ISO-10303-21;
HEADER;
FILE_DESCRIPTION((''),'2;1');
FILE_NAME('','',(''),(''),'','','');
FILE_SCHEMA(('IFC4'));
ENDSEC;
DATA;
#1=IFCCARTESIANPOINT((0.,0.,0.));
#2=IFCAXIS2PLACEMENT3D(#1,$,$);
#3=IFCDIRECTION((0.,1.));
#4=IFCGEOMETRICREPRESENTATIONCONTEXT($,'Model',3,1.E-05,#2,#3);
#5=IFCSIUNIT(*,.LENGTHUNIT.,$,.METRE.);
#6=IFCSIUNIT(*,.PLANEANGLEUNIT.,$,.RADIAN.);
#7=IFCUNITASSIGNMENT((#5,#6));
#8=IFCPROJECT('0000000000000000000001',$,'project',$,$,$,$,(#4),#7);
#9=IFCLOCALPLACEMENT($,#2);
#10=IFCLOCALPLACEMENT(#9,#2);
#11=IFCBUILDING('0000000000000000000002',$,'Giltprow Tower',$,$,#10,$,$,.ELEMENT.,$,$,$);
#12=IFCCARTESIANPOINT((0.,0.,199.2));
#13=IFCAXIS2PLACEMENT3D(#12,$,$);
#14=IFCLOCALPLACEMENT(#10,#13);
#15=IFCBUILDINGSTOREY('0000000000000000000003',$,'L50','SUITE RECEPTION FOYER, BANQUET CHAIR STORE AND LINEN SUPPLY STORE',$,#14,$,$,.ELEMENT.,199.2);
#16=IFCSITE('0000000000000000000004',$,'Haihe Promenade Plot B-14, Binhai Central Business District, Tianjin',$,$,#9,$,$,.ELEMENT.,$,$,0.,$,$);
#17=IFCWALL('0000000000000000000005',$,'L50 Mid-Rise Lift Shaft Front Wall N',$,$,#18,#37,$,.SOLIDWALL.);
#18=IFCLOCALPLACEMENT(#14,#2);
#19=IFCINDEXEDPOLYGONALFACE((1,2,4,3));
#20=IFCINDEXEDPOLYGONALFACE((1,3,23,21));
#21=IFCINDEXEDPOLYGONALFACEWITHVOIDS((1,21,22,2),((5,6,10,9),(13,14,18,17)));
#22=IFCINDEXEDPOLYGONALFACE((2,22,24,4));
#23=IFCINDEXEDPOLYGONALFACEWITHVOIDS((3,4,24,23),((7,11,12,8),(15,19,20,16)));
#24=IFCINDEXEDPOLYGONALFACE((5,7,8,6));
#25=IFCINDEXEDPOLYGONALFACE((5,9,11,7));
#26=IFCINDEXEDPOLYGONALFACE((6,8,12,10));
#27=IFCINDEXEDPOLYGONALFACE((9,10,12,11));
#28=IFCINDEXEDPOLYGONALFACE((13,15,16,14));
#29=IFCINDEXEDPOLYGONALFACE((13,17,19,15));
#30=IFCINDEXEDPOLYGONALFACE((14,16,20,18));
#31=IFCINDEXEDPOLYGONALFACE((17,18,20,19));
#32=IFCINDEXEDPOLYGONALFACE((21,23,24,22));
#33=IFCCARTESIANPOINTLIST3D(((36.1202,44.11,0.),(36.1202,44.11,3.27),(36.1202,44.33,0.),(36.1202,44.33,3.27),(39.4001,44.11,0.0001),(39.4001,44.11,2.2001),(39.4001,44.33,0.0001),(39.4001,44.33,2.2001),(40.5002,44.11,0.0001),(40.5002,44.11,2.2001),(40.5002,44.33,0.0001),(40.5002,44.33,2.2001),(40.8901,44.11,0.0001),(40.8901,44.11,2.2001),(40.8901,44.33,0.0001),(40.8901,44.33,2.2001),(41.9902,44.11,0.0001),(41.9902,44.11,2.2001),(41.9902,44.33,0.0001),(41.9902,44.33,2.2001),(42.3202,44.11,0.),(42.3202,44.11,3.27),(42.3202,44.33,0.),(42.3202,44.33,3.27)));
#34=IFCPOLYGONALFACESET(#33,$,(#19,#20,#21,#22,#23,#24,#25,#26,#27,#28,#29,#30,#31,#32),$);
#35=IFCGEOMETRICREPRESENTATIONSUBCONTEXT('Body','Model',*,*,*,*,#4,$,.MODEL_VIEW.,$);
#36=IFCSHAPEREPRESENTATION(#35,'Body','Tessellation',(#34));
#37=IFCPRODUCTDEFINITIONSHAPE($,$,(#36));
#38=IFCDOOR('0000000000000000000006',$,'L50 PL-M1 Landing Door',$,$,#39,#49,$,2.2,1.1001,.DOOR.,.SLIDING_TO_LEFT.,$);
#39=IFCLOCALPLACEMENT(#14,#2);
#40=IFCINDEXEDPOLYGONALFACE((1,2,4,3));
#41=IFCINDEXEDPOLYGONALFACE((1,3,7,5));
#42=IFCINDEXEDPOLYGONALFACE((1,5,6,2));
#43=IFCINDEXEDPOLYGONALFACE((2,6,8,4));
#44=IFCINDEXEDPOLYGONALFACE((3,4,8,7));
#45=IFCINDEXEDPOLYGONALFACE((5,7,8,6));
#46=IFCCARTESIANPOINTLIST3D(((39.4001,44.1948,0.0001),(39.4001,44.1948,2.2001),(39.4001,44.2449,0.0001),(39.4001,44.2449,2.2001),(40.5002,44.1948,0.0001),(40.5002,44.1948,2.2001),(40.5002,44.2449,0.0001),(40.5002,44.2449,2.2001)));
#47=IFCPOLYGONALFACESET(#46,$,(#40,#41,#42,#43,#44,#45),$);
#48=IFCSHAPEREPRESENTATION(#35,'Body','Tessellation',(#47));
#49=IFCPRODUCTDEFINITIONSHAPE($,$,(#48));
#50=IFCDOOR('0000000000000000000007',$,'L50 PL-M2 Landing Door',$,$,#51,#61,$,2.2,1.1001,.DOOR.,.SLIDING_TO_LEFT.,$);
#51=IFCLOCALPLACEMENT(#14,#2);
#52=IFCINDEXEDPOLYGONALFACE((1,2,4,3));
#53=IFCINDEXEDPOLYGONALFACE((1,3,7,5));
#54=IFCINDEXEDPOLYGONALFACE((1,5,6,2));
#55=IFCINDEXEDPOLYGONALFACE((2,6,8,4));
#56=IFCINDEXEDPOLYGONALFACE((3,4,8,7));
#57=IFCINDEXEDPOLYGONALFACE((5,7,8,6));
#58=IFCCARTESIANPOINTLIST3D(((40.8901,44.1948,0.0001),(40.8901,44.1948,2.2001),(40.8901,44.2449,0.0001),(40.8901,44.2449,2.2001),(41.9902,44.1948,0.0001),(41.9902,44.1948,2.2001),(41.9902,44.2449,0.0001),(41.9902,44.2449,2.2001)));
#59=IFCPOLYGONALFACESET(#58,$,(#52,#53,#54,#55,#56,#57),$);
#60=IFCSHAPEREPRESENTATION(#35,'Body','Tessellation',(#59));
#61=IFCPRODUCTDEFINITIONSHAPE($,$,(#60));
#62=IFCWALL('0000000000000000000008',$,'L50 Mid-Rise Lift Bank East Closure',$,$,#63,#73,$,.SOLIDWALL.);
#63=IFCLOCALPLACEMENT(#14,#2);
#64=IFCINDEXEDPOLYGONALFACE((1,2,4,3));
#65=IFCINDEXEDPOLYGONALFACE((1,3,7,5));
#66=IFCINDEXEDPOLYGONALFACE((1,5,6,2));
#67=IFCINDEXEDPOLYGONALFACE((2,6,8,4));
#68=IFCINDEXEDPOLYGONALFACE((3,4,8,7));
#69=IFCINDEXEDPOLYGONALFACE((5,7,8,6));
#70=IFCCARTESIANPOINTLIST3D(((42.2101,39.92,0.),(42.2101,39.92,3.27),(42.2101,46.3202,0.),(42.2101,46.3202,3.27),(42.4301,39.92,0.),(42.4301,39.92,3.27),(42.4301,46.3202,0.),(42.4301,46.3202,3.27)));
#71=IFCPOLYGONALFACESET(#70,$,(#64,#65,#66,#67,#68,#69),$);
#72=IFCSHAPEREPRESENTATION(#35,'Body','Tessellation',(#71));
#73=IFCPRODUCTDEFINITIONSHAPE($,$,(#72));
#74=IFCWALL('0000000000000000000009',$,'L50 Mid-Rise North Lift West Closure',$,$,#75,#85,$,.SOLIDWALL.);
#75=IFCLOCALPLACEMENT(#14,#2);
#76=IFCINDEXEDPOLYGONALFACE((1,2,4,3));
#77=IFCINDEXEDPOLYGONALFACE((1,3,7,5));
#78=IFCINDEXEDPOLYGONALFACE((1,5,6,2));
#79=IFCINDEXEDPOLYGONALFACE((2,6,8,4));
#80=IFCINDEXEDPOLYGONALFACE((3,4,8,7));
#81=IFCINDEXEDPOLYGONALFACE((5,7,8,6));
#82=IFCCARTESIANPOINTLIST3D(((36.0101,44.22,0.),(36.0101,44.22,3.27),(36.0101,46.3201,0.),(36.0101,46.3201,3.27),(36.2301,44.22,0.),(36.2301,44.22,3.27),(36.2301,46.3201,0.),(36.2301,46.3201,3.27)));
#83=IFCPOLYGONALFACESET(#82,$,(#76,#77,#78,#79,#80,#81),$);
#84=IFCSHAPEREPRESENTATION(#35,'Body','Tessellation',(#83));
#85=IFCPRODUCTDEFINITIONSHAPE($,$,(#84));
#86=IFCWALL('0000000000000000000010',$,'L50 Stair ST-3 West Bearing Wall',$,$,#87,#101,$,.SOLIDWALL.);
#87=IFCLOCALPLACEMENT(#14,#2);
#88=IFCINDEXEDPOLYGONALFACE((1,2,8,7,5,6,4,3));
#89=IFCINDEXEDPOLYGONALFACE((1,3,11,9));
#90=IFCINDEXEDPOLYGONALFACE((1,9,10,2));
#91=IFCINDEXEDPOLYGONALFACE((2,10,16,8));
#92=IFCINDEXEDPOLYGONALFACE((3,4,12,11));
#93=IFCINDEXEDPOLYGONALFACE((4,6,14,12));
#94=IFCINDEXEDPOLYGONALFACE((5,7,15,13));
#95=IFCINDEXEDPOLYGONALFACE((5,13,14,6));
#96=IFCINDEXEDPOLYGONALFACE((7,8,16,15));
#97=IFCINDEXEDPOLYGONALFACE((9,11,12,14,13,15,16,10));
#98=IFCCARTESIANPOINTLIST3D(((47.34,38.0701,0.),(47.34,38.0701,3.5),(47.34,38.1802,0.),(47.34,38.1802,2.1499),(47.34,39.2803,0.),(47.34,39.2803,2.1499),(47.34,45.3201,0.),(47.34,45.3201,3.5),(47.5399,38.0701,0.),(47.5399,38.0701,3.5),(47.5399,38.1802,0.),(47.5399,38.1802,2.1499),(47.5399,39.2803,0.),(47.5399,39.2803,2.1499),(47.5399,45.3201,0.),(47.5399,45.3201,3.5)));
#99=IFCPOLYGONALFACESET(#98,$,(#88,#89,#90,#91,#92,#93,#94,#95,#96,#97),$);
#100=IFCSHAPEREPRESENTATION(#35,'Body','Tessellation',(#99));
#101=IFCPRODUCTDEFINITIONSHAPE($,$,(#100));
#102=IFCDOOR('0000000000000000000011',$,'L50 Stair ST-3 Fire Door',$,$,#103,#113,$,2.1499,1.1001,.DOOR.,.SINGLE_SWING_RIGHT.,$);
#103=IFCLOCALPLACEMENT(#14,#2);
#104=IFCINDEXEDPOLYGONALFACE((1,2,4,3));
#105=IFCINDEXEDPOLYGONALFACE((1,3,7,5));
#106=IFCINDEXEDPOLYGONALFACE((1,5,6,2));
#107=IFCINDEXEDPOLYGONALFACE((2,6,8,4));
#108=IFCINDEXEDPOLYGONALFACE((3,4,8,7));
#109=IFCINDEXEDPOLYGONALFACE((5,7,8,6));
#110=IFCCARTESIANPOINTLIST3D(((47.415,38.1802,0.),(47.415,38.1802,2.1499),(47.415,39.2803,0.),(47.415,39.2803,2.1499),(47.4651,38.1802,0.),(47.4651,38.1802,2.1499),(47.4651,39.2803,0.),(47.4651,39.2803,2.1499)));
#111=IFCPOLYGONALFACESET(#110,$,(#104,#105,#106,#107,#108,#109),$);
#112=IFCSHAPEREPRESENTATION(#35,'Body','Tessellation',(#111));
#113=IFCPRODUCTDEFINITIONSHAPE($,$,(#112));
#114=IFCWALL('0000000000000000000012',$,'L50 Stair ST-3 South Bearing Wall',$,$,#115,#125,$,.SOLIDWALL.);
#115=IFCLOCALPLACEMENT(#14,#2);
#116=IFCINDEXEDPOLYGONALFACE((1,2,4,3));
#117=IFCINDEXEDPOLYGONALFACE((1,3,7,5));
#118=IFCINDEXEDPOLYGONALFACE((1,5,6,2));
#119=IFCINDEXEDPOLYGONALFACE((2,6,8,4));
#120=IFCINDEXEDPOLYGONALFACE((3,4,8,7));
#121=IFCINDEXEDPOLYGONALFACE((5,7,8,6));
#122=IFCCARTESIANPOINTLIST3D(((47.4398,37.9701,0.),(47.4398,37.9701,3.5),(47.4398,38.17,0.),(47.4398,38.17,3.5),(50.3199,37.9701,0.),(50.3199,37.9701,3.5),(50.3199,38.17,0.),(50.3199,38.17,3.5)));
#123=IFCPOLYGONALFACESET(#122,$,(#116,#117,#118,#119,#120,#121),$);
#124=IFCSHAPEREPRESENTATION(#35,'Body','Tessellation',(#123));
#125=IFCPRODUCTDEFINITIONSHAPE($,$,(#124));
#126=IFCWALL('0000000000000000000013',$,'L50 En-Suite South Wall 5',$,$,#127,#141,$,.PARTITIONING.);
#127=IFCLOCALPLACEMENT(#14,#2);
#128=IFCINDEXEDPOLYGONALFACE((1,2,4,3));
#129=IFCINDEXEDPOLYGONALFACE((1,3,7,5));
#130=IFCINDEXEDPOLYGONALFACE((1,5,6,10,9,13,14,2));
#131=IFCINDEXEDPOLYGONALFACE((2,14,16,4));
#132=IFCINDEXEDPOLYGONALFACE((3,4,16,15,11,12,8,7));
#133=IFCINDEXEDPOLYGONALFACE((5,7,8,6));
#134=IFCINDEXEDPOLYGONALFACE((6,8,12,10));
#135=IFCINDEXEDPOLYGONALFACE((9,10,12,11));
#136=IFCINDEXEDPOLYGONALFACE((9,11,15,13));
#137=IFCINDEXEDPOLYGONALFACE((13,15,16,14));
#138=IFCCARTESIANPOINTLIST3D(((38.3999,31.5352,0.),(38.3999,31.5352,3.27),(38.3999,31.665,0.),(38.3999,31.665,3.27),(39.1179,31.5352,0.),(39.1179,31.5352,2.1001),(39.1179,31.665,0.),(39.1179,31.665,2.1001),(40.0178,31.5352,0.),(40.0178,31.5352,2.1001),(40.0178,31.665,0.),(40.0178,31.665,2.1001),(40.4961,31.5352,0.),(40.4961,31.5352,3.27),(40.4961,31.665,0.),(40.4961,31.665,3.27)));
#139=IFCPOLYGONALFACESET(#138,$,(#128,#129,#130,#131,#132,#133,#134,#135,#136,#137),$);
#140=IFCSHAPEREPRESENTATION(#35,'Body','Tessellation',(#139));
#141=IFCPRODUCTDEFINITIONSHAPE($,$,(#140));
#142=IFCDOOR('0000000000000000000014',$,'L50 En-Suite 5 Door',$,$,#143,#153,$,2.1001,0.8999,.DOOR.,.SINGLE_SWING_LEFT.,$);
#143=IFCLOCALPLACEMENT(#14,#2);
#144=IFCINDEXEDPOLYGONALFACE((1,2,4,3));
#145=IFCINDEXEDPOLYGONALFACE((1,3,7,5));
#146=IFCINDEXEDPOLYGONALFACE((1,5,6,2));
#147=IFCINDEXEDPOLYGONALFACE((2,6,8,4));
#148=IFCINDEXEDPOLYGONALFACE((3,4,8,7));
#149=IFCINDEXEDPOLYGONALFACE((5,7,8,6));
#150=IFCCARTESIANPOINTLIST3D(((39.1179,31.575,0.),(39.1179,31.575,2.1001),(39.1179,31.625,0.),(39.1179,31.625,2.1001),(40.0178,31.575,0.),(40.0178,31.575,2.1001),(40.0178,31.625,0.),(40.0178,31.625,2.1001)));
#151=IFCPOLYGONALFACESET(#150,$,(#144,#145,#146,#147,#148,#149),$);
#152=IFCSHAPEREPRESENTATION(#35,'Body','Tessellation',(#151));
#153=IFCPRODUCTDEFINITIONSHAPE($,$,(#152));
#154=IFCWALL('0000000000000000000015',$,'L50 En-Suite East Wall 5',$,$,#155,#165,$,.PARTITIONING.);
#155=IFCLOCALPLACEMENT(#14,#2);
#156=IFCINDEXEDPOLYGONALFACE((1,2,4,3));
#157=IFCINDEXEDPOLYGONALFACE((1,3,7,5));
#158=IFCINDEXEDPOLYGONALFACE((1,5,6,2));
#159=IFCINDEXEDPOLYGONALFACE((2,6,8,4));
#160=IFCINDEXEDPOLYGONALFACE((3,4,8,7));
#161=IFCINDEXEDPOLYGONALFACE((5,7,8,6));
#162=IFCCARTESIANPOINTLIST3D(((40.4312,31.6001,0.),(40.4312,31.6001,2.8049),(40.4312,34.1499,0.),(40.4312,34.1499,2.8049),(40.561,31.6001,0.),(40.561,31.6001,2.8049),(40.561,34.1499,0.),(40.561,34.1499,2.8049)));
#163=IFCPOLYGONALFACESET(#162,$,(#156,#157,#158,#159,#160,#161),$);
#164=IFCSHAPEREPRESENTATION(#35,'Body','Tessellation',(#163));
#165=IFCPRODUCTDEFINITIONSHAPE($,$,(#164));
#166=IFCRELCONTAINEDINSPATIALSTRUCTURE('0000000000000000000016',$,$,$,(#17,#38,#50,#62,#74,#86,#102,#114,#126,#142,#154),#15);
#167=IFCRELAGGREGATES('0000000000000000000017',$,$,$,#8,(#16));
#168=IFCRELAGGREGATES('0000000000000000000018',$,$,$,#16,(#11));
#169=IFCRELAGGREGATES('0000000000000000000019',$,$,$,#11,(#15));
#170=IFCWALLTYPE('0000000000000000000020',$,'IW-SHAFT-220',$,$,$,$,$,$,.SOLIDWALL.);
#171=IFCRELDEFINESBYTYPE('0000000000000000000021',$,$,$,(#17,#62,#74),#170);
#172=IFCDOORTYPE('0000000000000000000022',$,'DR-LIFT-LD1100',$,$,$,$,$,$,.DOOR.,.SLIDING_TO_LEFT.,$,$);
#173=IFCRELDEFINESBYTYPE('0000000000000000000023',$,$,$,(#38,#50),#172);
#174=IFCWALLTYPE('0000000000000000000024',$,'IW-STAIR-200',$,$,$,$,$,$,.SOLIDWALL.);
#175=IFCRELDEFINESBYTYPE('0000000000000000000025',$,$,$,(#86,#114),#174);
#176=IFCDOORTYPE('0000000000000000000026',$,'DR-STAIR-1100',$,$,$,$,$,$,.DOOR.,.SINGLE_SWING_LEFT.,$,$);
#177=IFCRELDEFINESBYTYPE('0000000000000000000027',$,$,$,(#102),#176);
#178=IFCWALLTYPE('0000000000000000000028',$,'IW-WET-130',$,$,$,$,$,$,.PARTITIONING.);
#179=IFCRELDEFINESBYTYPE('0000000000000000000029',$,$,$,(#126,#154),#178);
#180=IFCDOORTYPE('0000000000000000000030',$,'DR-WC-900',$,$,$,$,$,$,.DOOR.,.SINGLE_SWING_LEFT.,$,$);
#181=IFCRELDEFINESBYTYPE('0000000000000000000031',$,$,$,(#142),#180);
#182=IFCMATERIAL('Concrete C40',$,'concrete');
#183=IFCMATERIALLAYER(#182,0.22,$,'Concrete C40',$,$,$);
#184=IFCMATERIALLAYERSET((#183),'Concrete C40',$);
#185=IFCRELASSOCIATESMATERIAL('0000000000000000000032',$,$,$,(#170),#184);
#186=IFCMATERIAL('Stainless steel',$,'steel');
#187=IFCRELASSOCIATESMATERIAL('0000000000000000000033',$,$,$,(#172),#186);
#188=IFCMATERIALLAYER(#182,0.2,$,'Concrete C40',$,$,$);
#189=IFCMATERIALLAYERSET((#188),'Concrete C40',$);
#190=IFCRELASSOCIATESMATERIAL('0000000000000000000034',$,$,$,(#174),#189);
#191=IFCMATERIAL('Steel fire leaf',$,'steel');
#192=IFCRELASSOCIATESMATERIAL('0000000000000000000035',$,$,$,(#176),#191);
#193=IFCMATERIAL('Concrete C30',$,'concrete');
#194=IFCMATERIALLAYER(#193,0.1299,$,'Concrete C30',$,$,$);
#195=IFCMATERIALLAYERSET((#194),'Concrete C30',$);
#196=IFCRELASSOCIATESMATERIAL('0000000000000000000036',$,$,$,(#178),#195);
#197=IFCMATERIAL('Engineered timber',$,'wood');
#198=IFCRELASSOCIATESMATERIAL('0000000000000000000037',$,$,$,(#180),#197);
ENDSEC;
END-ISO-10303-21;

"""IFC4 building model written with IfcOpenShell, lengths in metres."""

from ifc_helpers import new_model, si_unit, direction, frame, frame_2d, origin, place, context, subcontext, project, spatial, rectangle, extrude, source, transform, mapped, material, layer, layer_set, type_object, element, fill, save


model = new_model("IFC4")

# Units and contexts
model_context = context("Model", 3, precision=1e-05, world=origin(), true_north=direction((0.0, 1.0)))
body_context = subcontext(model_context, "Body", "Model", "MODEL_VIEW")
ifc_project = project(units=[si_unit("LENGTHUNIT", "METRE"), si_unit("PLANEANGLEUNIT", "RADIAN")], contexts=[model_context])

# Site, building, storey
site_placement = place(None, origin())
site = spatial("IfcSite", under=ifc_project, at=site_placement, Name="Haihe Promenade Plot B-14, Binhai Central Business District, Tianjin", CompositionType="ELEMENT", RefElevation=0.0)
building_placement = place(site_placement, origin())
building = spatial("IfcBuilding", under=site, at=building_placement, Name="Giltprow Tower", CompositionType="ELEMENT")
storey_placement = place(building_placement, frame((0.0, 0.0, 199.2)))
storey = spatial("IfcBuildingStorey", under=building, at=storey_placement, Name="L50", Description="SUITE RECEPTION FOYER, BANQUET CHAIR STORE AND LINEN SUPPLY STORE", CompositionType="ELEMENT", Elevation=199.2)

# Shared definitions
ifc_material_1 = material(Name="Concrete C40", Category="concrete")
ifc_layer_1 = layer(ifc_material_1, 0.22, Name="Concrete C40")
ifc_layer_set_1 = layer_set([ifc_layer_1], Name="Concrete C40")
wall_type_1 = type_object("IfcWallType", Name="IW-SHAFT-220", PredefinedType="SOLIDWALL", material=ifc_layer_set_1)
ifc_material_2 = material(Name="Stainless steel", Category="steel")
door_type_1 = type_object("IfcDoorType", Name="DR-LIFT-LD1100", OperationType="SLIDING_TO_LEFT", PredefinedType="DOOR", material=ifc_material_2)
shared_shape_1 = source(origin(), body_context, "Body", "SweptSolid", [
    extrude(rectangle(XDim=1.1001, YDim=2.2, at=frame_2d((0.55, 1.1001))), frame((0.0, 0.0249, 0.0), z_axis=(0.0, -1.0, 0.0), x_axis=(1.0, 0.0, 0.0)), (0.0, 0.0, 1.0), 0.05),
])

# Wall, openings, doors
wall_1_placement = place(storey_placement, frame((36.1201, 44.22, 0.0), z_axis=(0.0, 0.0, 1.0), x_axis=(1.0, 0.0, 0.0)))
wall_1 = element("IfcWall", 1, at=wall_1_placement, inside=storey, type_object=wall_type_1, Name="L50 Mid-Rise Lift Shaft Front Wall N", PredefinedType="SOLIDWALL", context=body_context, shape_type="SweptSolid", body=[
    extrude(rectangle(XDim=6.2, YDim=0.22, at=frame_2d((3.1001, 0.0))), origin(), (0.0, 0.0, 1.0), 3.27),
])
opening_1_placement = place(wall_1_placement, frame((3.28, 0.0, 0.0)))
opening_1 = element("IfcOpeningElement", 2, at=opening_1_placement, cuts=wall_1, PredefinedType="OPENING", context=body_context, shape_type="SweptSolid", body=[
    extrude(rectangle(XDim=1.1001, YDim=2.2, at=frame_2d((0.55, 1.1001))), frame((0.0, 0.1199, 0.0), z_axis=(0.0, -1.0, 0.0), x_axis=(1.0, 0.0, 0.0)), (0.0, 0.0, 1.0), 0.24),
])
opening_2_placement = place(wall_1_placement, frame((4.77, 0.0, 0.0)))
opening_2 = element("IfcOpeningElement", 3, at=opening_2_placement, cuts=wall_1, PredefinedType="OPENING", context=body_context, shape_type="SweptSolid", body=[
    extrude(rectangle(XDim=1.1001, YDim=2.2, at=frame_2d((0.55, 1.1001))), frame((0.0, 0.1199, 0.0), z_axis=(0.0, -1.0, 0.0), x_axis=(1.0, 0.0, 0.0)), (0.0, 0.0, 1.0), 0.24),
])
door_1_placement = place(opening_1_placement, origin())
door_1 = element("IfcDoor", 4, at=door_1_placement, inside=storey, type_object=door_type_1, Name="L50 PL-M1 Landing Door", OperationType="SLIDING_TO_LEFT", OverallHeight=2.2, OverallWidth=1.1001, PredefinedType="DOOR", context=body_context, shape_type="MappedRepresentation", body=[
    mapped(shared_shape_1, transform((0.0, 0.0, 0.0), x_axis=(1.0, 0.0, 0.0), y_axis=(0.0, 1.0, 0.0), z_axis=(0.0, 0.0, 1.0), scale=1.0)),
])
fill(opening_1, door_1)
door_2_placement = place(opening_2_placement, origin())
door_2 = element("IfcDoor", 5, at=door_2_placement, inside=storey, type_object=door_type_1, Name="L50 PL-M2 Landing Door", OperationType="SLIDING_TO_LEFT", OverallHeight=2.2, OverallWidth=1.1001, PredefinedType="DOOR", context=body_context, shape_type="MappedRepresentation", body=[
    mapped(shared_shape_1, transform((0.0, 0.0, 0.0), x_axis=(1.0, 0.0, 0.0), y_axis=(0.0, 1.0, 0.0), z_axis=(0.0, 0.0, 1.0), scale=1.0)),
])
fill(opening_2, door_2)

# Walls
wall_2_placement = place(storey_placement, frame((42.3201, 39.9199, 0.0), z_axis=(0.0, 0.0, 1.0), x_axis=(0.0, 1.0, 0.0)))
element("IfcWall", 6, at=wall_2_placement, inside=storey, type_object=wall_type_1, Name="L50 Mid-Rise Lift Bank East Closure", PredefinedType="SOLIDWALL", context=body_context, shape_type="SweptSolid", body=[
    extrude(rectangle(XDim=6.4001, YDim=0.22, at=frame_2d((3.2002, 0.0))), origin(), (0.0, 0.0, 1.0), 3.27),
])
wall_3_placement = place(storey_placement, frame((36.1201, 44.22, 0.0), z_axis=(0.0, 0.0, 1.0), x_axis=(0.0, 1.0, 0.0)))
element("IfcWall", 7, at=wall_3_placement, inside=storey, type_object=wall_type_1, Name="L50 Mid-Rise North Lift West Closure", PredefinedType="SOLIDWALL", context=body_context, shape_type="SweptSolid", body=[
    extrude(rectangle(XDim=2.1001, YDim=0.22, at=frame_2d((1.05, 0.0))), origin(), (0.0, 0.0, 1.0), 3.27),
])

# Wall, opening, door
ifc_layer_2 = layer(ifc_material_1, 0.2, Name="Concrete C40")
ifc_layer_set_2 = layer_set([ifc_layer_2], Name="Concrete C40")
wall_type_2 = type_object("IfcWallType", Name="IW-STAIR-200", PredefinedType="SOLIDWALL", material=ifc_layer_set_2)
wall_4_placement = place(storey_placement, frame((47.4399, 38.0701, 0.0), z_axis=(0.0, 0.0, 1.0), x_axis=(0.0, 1.0, 0.0)))
wall_4 = element("IfcWall", 8, at=wall_4_placement, inside=storey, type_object=wall_type_2, Name="L50 Stair ST-3 West Bearing Wall", PredefinedType="SOLIDWALL", context=body_context, shape_type="SweptSolid", body=[
    extrude(rectangle(XDim=7.25, YDim=0.2, at=frame_2d((3.625, 0.0))), origin(), (0.0, 0.0, 1.0), 3.5),
])
opening_3_placement = place(wall_4_placement, frame((0.1101, 0.0, 0.0)))
opening_3 = element("IfcOpeningElement", 9, at=opening_3_placement, cuts=wall_4, PredefinedType="OPENING", context=body_context, shape_type="SweptSolid", body=[
    extrude(rectangle(XDim=1.1001, YDim=2.1499, at=frame_2d((0.55, 1.075))), frame((0.0, 0.1099, 0.0), z_axis=(0.0, -1.0, 0.0), x_axis=(1.0, 0.0, 0.0)), (0.0, 0.0, 1.0), 0.22),
])
ifc_material_3 = material(Name="Steel fire leaf", Category="steel")
door_type_2 = type_object("IfcDoorType", Name="DR-STAIR-1100", OperationType="SINGLE_SWING_LEFT", PredefinedType="DOOR", material=ifc_material_3)
shared_shape_2 = source(origin(), body_context, "Body", "SweptSolid", [
    extrude(rectangle(XDim=1.1001, YDim=2.1499, at=frame_2d((0.55, 1.075))), frame((0.0, 0.0249, 0.0), z_axis=(0.0, -1.0, 0.0), x_axis=(1.0, 0.0, 0.0)), (0.0, 0.0, 1.0), 0.05),
])
door_3_placement = place(opening_3_placement, origin())
door_3 = element("IfcDoor", 10, at=door_3_placement, inside=storey, type_object=door_type_2, Name="L50 Stair ST-3 Fire Door", OperationType="SINGLE_SWING_RIGHT", OverallHeight=2.1499, OverallWidth=1.1001, PredefinedType="DOOR", context=body_context, shape_type="MappedRepresentation", body=[
    mapped(shared_shape_2, transform((0.0, 0.0, 0.0), x_axis=(1.0, 0.0, 0.0), y_axis=(0.0, 1.0, 0.0), z_axis=(0.0, 0.0, 1.0), scale=1.0)),
])
fill(opening_3, door_3)

# Wall
wall_5_placement = place(storey_placement, frame((47.4399, 38.0701, 0.0), z_axis=(0.0, 0.0, 1.0), x_axis=(1.0, 0.0, 0.0)))
element("IfcWall", 11, at=wall_5_placement, inside=storey, type_object=wall_type_2, Name="L50 Stair ST-3 South Bearing Wall", PredefinedType="SOLIDWALL", context=body_context, shape_type="SweptSolid", body=[
    extrude(rectangle(XDim=2.8801, YDim=0.2, at=frame_2d((1.4399, 0.0))), origin(), (0.0, 0.0, 1.0), 3.5),
])

# Wall, opening, door
ifc_material_4 = material(Name="Concrete C30", Category="concrete")
ifc_layer_3 = layer(ifc_material_4, 0.1299, Name="Concrete C30")
ifc_layer_set_3 = layer_set([ifc_layer_3], Name="Concrete C30")
wall_type_3 = type_object("IfcWallType", Name="IW-WET-130", PredefinedType="PARTITIONING", material=ifc_layer_set_3)
wall_6_placement = place(storey_placement, frame((38.3999, 31.6001, 0.0), z_axis=(0.0, 0.0, 1.0), x_axis=(1.0, 0.0, 0.0)))
wall_6 = element("IfcWall", 12, at=wall_6_placement, inside=storey, type_object=wall_type_3, Name="L50 En-Suite South Wall 5", PredefinedType="PARTITIONING", context=body_context, shape_type="SweptSolid", body=[
    extrude(rectangle(XDim=2.0962, YDim=0.1299, at=frame_2d((1.0481, 0.0))), origin(), (0.0, 0.0, 1.0), 3.27),
])
opening_4_placement = place(wall_6_placement, frame((0.718, 0.0, 0.0)))
opening_4 = element("IfcOpeningElement", 13, at=opening_4_placement, cuts=wall_6, PredefinedType="OPENING", context=body_context, shape_type="SweptSolid", body=[
    extrude(rectangle(XDim=0.8999, YDim=2.1001, at=frame_2d((0.45, 1.05))), frame((0.0, 0.075, 0.0), z_axis=(0.0, -1.0, 0.0), x_axis=(1.0, 0.0, 0.0)), (0.0, 0.0, 1.0), 0.1499),
])
ifc_material_5 = material(Name="Engineered timber", Category="wood")
door_type_3 = type_object("IfcDoorType", Name="DR-WC-900", OperationType="SINGLE_SWING_LEFT", PredefinedType="DOOR", material=ifc_material_5)
shared_shape_3 = source(origin(), body_context, "Body", "SweptSolid", [
    extrude(rectangle(XDim=0.8999, YDim=2.1001, at=frame_2d((0.45, 1.05))), frame((0.0, 0.0249, 0.0), z_axis=(0.0, -1.0, 0.0), x_axis=(1.0, 0.0, 0.0)), (0.0, 0.0, 1.0), 0.05),
])
door_4_placement = place(opening_4_placement, origin())
door_4 = element("IfcDoor", 14, at=door_4_placement, inside=storey, type_object=door_type_3, Name="L50 En-Suite 5 Door", OperationType="SINGLE_SWING_LEFT", OverallHeight=2.1001, OverallWidth=0.8999, PredefinedType="DOOR", context=body_context, shape_type="MappedRepresentation", body=[
    mapped(shared_shape_3, transform((0.0, 0.0, 0.0), x_axis=(1.0, 0.0, 0.0), y_axis=(0.0, 1.0, 0.0), z_axis=(0.0, 0.0, 1.0), scale=1.0)),
])
fill(opening_4, door_4)

# Wall
wall_7_placement = place(storey_placement, frame((40.4961, 31.6001, 0.0), z_axis=(0.0, 0.0, 1.0), x_axis=(0.0, 1.0, 0.0)))
element("IfcWall", 15, at=wall_7_placement, inside=storey, type_object=wall_type_3, Name="L50 En-Suite East Wall 5", PredefinedType="PARTITIONING", context=body_context, shape_type="SweptSolid", body=[
    extrude(rectangle(XDim=2.5498, YDim=0.1299, at=frame_2d((1.2749, 0.0))), origin(), (0.0, 0.0, 1.0), 2.8049),
])

save(model, "model.ifc")
